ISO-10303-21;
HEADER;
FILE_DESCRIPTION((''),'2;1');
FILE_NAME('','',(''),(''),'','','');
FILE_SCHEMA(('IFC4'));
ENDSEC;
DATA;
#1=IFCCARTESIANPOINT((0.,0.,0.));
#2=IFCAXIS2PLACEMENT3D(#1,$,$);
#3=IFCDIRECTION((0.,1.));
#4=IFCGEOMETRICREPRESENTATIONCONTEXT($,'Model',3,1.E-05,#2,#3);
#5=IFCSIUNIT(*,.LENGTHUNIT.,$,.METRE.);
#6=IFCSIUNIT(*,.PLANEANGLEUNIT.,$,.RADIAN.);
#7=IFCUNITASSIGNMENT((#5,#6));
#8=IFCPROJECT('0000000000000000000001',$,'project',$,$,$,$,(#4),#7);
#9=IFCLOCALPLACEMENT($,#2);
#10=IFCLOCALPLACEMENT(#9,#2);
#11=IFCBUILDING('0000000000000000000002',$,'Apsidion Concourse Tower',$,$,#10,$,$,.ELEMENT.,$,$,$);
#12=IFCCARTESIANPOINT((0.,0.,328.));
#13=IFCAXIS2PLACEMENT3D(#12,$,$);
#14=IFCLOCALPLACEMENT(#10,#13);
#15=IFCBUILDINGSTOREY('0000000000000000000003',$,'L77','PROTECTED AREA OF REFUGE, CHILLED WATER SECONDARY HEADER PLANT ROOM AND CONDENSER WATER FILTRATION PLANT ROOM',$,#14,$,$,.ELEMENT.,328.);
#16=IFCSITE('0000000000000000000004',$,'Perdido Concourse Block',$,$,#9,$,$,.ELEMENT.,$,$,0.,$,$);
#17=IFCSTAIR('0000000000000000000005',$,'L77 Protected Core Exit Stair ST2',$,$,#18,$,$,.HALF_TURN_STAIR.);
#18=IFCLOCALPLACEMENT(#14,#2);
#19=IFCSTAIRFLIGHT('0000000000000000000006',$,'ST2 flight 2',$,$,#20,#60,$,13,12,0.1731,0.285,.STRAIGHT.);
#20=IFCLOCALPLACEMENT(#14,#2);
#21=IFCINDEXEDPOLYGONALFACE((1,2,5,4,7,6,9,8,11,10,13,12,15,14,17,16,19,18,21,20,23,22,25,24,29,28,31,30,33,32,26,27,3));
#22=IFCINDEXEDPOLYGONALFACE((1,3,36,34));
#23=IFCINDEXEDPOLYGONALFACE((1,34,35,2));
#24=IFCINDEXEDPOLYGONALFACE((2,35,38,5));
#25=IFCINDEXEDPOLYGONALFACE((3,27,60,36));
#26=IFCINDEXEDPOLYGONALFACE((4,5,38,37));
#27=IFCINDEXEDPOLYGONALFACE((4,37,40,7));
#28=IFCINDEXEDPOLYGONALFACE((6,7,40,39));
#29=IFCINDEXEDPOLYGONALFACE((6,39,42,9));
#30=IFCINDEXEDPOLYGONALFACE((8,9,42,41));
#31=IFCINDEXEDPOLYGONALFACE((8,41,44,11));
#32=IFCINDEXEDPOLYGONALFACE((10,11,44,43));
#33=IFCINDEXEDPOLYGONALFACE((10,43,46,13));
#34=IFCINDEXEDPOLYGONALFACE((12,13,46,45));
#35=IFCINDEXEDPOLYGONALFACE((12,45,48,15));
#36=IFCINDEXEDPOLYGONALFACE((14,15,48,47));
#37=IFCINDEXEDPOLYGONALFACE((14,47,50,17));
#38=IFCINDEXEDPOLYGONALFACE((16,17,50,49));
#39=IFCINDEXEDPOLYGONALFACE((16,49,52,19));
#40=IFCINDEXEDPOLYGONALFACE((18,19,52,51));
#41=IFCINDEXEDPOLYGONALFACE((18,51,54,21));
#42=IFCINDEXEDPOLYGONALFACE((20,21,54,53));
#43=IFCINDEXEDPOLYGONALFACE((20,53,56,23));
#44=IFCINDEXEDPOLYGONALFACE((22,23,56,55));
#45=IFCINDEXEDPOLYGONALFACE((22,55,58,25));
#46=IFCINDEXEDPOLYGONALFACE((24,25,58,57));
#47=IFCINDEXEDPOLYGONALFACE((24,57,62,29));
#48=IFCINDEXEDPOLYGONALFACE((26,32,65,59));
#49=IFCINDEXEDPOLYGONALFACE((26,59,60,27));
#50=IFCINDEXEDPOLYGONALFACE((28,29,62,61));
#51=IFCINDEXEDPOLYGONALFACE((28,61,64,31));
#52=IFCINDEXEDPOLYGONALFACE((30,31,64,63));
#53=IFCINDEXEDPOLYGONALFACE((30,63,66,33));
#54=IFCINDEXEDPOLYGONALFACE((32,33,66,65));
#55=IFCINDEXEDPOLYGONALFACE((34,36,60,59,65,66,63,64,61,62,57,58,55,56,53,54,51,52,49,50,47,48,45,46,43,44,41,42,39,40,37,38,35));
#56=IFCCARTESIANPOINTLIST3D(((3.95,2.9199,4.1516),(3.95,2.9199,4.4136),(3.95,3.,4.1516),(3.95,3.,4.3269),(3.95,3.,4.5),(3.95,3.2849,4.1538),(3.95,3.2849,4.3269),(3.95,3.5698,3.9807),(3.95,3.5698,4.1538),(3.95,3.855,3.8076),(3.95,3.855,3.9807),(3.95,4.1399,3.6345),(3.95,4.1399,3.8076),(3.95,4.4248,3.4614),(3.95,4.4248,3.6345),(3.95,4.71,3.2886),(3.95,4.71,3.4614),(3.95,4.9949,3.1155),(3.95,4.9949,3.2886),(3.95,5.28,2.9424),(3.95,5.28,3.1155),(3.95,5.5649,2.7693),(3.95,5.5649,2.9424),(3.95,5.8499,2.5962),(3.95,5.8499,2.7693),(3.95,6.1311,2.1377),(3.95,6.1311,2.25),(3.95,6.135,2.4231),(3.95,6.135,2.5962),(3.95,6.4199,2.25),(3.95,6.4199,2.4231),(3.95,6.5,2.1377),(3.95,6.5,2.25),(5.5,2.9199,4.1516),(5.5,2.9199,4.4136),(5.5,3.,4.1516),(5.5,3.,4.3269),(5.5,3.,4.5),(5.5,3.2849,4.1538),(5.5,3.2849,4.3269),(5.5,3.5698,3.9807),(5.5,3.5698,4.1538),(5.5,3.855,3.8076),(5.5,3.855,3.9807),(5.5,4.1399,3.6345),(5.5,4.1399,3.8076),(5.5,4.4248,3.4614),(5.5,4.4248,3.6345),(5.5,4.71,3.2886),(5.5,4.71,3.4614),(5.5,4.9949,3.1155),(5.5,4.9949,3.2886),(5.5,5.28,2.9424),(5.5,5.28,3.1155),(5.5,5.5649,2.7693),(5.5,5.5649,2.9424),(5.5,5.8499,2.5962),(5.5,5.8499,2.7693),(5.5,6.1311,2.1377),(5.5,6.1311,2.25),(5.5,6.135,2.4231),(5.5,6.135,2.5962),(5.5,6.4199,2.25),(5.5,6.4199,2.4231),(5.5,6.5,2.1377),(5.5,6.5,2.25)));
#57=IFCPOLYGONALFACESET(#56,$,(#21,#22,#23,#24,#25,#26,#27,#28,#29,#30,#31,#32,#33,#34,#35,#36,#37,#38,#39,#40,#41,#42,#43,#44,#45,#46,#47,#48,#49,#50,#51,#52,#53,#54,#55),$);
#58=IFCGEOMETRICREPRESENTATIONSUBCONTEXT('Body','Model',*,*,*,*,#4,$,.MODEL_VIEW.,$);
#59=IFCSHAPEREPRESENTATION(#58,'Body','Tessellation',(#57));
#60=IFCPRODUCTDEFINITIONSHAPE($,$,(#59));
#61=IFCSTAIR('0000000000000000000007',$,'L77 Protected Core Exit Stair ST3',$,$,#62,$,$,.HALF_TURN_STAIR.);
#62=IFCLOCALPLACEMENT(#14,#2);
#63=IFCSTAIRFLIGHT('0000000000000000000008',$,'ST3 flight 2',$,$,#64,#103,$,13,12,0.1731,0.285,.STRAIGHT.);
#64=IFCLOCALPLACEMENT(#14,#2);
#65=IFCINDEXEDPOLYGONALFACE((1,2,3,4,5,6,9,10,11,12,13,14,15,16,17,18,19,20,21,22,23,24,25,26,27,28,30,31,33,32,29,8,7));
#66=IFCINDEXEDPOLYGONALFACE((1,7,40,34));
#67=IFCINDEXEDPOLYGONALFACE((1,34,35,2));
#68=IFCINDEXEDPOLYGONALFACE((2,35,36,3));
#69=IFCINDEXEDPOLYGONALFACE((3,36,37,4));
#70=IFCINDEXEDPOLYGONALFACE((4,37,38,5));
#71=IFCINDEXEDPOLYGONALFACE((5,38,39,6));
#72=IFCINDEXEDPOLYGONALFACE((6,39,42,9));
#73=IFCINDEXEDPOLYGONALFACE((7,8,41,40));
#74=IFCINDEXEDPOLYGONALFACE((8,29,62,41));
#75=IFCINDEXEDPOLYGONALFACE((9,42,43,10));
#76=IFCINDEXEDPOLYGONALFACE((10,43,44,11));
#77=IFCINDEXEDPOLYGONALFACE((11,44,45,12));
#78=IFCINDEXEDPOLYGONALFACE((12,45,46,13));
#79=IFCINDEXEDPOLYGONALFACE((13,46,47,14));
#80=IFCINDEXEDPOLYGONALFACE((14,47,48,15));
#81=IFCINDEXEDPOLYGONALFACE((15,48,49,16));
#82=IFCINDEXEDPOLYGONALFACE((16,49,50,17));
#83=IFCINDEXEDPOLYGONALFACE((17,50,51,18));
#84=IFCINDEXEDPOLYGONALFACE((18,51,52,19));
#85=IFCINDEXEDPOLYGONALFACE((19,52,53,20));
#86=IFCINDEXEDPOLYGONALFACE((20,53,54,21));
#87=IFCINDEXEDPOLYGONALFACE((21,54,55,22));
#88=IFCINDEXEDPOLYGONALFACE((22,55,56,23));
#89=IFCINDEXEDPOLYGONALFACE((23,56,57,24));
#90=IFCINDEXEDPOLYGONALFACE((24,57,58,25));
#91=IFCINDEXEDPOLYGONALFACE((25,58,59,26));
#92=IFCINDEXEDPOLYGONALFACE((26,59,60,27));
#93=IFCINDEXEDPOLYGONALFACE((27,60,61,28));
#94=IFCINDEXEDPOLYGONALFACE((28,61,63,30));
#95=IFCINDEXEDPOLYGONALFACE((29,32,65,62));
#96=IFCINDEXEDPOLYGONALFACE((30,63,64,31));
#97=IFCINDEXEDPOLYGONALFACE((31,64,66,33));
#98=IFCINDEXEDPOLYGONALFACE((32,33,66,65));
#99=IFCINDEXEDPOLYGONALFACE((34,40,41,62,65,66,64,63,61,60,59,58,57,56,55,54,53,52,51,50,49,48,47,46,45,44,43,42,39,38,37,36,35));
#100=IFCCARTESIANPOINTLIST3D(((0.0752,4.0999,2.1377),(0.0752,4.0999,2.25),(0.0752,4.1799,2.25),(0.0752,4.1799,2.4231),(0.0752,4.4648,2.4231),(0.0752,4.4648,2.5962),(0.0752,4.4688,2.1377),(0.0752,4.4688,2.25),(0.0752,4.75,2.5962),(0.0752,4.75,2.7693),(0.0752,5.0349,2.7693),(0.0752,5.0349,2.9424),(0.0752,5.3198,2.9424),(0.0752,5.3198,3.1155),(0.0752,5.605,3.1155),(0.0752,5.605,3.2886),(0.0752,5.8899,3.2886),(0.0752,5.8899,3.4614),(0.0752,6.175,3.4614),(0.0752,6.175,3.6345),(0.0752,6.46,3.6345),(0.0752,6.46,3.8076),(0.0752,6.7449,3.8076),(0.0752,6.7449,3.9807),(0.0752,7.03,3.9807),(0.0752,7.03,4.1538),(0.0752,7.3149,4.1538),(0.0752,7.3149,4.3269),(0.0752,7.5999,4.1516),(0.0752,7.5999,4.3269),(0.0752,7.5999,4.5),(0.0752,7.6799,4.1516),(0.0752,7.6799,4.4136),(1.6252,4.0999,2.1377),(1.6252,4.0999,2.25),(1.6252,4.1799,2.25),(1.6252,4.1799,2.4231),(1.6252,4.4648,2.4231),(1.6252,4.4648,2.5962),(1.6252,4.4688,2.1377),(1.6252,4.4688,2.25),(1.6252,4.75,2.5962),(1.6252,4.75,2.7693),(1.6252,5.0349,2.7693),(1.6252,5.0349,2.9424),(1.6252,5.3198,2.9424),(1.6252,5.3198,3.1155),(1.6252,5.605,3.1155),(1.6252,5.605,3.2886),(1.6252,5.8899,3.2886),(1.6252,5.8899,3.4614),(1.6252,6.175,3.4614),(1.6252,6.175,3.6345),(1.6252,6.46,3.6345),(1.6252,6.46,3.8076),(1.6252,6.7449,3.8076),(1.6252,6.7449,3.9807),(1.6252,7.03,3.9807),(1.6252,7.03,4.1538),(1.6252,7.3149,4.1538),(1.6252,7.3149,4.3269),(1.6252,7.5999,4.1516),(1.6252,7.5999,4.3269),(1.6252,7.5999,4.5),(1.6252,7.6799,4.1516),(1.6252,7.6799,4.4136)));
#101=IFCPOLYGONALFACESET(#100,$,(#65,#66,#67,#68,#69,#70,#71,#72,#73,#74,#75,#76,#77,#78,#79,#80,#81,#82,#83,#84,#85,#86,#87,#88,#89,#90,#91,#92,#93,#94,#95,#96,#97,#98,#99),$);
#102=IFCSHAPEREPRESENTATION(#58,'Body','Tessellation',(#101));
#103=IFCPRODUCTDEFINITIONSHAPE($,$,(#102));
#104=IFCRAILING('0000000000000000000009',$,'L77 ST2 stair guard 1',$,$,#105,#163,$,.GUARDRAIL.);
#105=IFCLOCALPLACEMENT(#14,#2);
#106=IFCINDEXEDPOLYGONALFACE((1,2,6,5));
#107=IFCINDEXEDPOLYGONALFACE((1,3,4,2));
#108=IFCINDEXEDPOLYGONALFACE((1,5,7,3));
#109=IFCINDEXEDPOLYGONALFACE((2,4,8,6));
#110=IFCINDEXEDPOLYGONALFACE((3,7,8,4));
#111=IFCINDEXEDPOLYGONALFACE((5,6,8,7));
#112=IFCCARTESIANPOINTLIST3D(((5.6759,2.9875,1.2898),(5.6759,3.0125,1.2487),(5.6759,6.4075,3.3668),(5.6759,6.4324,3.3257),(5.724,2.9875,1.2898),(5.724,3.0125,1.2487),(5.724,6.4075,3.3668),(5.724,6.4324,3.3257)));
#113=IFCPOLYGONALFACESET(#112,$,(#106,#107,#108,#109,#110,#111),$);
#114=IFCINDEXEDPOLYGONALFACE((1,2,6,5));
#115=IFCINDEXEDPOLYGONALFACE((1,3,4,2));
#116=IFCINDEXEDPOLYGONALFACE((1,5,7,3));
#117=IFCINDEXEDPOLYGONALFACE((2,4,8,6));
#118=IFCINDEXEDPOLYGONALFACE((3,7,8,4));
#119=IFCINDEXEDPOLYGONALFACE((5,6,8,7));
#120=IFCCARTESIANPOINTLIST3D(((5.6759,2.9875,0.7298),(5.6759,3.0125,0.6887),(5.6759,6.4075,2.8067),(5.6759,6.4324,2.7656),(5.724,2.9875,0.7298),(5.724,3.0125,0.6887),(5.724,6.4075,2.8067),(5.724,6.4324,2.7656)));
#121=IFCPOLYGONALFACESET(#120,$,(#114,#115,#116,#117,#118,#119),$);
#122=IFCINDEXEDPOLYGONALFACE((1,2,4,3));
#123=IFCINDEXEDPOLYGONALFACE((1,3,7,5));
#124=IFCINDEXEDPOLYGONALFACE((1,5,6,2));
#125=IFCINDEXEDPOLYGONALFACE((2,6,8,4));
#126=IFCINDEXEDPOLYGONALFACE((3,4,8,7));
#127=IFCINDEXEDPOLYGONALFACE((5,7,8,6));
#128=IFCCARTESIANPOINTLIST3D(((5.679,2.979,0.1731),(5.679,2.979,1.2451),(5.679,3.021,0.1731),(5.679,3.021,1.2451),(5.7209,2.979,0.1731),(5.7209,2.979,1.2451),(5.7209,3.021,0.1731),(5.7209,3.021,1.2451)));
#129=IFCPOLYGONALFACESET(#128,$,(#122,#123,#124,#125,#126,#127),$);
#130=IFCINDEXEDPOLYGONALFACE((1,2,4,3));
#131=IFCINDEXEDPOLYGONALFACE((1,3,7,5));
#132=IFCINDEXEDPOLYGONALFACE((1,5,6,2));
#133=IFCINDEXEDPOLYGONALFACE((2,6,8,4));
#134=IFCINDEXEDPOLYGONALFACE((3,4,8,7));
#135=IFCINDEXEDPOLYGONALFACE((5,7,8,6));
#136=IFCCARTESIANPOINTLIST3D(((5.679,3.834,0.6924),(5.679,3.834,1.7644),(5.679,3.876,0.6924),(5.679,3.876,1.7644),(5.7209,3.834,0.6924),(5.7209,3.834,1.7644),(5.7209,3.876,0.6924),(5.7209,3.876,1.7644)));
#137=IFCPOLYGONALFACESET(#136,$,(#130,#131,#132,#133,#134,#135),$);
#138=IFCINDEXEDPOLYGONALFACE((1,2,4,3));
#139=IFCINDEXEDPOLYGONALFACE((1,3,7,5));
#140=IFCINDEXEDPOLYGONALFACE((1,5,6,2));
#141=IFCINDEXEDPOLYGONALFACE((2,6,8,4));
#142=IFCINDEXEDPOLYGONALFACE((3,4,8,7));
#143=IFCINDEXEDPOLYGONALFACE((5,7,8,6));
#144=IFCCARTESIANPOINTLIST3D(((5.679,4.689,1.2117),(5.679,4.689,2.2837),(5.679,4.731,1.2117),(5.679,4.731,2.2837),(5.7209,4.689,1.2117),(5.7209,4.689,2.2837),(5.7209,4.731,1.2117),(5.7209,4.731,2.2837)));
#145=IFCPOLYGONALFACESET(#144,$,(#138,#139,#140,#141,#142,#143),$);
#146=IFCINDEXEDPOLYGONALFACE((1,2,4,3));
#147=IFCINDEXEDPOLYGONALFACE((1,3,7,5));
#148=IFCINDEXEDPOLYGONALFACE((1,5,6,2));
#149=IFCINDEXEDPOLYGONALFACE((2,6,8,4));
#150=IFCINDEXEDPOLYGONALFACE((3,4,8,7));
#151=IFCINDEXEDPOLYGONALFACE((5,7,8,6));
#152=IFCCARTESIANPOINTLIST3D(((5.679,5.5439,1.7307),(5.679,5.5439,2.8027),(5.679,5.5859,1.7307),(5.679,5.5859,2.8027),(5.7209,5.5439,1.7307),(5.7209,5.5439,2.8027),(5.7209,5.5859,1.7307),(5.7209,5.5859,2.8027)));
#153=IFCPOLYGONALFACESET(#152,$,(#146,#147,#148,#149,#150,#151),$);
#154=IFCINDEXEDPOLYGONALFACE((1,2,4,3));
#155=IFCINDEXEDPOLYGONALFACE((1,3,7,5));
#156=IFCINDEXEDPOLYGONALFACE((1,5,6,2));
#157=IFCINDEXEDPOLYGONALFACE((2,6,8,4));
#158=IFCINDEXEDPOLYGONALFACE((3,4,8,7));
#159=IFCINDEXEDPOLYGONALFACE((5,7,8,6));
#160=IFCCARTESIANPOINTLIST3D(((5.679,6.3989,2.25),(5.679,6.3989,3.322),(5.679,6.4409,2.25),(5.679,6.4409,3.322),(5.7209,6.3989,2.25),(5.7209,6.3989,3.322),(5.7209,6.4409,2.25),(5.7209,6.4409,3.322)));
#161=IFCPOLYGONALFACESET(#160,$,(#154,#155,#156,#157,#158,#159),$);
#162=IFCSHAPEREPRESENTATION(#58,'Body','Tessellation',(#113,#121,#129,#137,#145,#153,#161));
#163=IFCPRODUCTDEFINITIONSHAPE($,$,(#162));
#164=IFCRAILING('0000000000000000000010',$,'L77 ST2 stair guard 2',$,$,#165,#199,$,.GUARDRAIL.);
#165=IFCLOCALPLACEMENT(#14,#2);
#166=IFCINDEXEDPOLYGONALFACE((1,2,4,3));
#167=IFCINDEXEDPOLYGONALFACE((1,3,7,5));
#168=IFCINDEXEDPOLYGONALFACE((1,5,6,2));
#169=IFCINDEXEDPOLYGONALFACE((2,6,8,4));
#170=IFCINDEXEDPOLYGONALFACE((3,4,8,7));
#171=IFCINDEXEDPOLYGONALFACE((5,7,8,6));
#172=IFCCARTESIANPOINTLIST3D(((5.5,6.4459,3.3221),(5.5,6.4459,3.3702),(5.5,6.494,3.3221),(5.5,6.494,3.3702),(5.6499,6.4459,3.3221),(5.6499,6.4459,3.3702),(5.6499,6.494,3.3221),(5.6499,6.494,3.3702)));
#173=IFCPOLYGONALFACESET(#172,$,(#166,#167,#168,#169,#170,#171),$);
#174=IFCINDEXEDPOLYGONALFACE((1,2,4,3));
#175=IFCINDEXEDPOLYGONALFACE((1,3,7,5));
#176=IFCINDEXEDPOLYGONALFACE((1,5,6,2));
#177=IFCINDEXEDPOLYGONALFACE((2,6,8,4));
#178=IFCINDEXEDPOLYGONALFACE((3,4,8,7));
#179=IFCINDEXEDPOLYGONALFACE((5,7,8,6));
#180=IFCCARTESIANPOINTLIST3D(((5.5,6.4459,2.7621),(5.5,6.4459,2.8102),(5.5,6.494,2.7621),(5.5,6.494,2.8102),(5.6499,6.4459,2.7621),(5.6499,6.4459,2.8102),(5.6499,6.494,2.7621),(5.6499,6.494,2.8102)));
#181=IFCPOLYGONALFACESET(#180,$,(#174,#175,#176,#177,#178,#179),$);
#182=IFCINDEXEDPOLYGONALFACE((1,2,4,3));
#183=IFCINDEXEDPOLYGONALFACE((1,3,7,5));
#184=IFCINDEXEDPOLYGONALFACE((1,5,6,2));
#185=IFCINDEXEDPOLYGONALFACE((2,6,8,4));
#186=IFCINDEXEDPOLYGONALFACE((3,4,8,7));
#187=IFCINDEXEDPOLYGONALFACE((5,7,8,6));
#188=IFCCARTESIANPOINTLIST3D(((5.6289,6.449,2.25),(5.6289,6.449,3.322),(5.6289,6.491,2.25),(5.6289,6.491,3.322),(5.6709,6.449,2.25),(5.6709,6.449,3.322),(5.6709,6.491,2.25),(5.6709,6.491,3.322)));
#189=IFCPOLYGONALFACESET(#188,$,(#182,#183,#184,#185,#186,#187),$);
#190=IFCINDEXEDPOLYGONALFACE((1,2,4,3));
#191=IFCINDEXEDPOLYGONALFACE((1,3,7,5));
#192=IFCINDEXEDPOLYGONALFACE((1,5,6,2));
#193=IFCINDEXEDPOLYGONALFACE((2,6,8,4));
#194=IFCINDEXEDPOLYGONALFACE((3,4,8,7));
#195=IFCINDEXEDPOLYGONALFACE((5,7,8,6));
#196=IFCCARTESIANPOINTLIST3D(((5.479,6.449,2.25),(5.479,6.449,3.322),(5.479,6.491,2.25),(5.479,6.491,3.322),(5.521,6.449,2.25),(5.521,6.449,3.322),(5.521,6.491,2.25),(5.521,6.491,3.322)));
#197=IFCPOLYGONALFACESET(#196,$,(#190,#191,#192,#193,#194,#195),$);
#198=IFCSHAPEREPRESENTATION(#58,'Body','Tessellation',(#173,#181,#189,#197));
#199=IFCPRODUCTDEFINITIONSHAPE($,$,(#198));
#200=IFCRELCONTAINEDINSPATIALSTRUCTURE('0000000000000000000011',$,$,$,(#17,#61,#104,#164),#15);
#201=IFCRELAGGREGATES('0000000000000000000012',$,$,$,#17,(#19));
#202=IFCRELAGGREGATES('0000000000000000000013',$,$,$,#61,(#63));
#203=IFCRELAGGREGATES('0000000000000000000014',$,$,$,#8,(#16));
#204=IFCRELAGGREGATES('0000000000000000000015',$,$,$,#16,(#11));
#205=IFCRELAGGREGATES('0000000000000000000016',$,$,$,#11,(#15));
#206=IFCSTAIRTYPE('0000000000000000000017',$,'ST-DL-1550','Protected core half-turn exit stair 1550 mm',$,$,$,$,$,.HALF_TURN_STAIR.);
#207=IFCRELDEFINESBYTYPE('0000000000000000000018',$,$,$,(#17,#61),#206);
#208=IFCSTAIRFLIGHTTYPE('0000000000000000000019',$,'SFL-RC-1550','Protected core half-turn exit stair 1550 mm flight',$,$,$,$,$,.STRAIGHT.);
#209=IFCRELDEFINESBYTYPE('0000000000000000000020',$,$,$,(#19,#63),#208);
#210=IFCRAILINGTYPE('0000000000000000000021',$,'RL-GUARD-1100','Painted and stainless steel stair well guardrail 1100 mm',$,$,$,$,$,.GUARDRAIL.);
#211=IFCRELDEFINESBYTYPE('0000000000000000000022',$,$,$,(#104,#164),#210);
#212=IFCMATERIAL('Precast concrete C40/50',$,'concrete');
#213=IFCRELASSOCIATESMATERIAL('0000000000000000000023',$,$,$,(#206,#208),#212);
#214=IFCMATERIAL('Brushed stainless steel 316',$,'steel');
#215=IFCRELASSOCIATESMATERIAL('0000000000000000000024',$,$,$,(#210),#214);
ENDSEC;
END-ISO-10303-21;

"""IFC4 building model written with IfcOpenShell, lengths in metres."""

from ifc_helpers import new_model, si_unit, direction, frame, origin, origin_2d, place, context, subcontext, project, spatial, polyline, rectangle, outline, extrude, material, type_object, element, aggregate, save


model = new_model("IFC4")

# Units and contexts
model_context = context("Model", 3, precision=1e-05, world=origin(), true_north=direction((0.0, 1.0)))
body_context = subcontext(model_context, "Body", "Model", "MODEL_VIEW")
ifc_project = project(units=[si_unit("LENGTHUNIT", "METRE"), si_unit("PLANEANGLEUNIT", "RADIAN")], contexts=[model_context])

# Site, building, storey
site_placement = place(None, origin())
site = spatial("IfcSite", under=ifc_project, at=site_placement, Name="Perdido Concourse Block", CompositionType="ELEMENT", RefElevation=0.0)
building_placement = place(site_placement, origin())
building = spatial("IfcBuilding", under=site, at=building_placement, Name="Apsidion Concourse Tower", CompositionType="ELEMENT")
storey_placement = place(building_placement, frame((0.0, 0.0, 328.0)))
storey = spatial("IfcBuildingStorey", under=building, at=storey_placement, Name="L77", Description="PROTECTED AREA OF REFUGE, CHILLED WATER SECONDARY HEADER PLANT ROOM AND CONDENSER WATER FILTRATION PLANT ROOM", CompositionType="ELEMENT", Elevation=328.0)

# Stair, stair flight
ifc_material_1 = material(Name="Precast concrete C40/50", Category="concrete")
stair_type = type_object("IfcStairType", Name="ST-DL-1550", Description="Protected core half-turn exit stair 1550 mm", PredefinedType="HALF_TURN_STAIR", material=ifc_material_1)
stair_1_placement = place(storey_placement, origin())
stair_1 = element("IfcStair", 1, at=stair_1_placement, inside=storey, type_object=stair_type, Name="L77 Protected Core Exit Stair ST2", PredefinedType="HALF_TURN_STAIR")
stair_flight_type = type_object("IfcStairFlightType", Name="SFL-RC-1550", Description="Protected core half-turn exit stair 1550 mm flight", PredefinedType="STRAIGHT", material=ifc_material_1)
stair_flight_1_placement = place(storey_placement, frame((4.7251, 6.4199, 2.25), z_axis=(0.0, 0.0, 1.0), x_axis=(0.0, -1.0, 0.0)))
stair_flight_1 = element("IfcStairFlight", 2, at=stair_flight_1_placement, type_object=stair_flight_type, Name="ST2 flight 2", NumberOfRisers=13, NumberOfTreads=12, PredefinedType="STRAIGHT", RiserHeight=0.1731, TreadLength=0.285, context=body_context, shape_type="SweptSolid", body=[
    extrude(outline(polyline([(-0.0801, -0.1123), (-0.0801, 0.0), (0.0, 0.0), (0.0, 0.1731), (0.2849, 0.1731), (0.2849, 0.3462), (0.5701, 0.3462), (0.5701, 0.5193), (0.855, 0.5193), (0.855, 0.6924), (1.1399, 0.6924), (1.1399, 0.8655), (1.425, 0.8655), (1.425, 1.0386), (1.71, 1.0386), (1.71, 1.2114), (1.9951, 1.2114), (1.9951, 1.3845), (2.28, 1.3845), (2.28, 1.5576), (2.5649, 1.5576), (2.5649, 1.7307), (2.8501, 1.7307), (2.8501, 1.9038), (3.135, 1.9038), (3.135, 2.0769), (3.4199, 2.0769), (3.4199, 2.25), (3.5, 2.1636), (3.5, 1.9016), (3.4199, 1.9016), (0.2888, 0.0), (0.2888, -0.1123), (-0.0801, -0.1123)])), frame((0.0, 0.7749, 0.0), z_axis=(0.0, -1.0, 0.0), x_axis=(1.0, 0.0, 0.0)), (0.0, 0.0, 1.0), 1.55),
])
aggregate(stair_1, [stair_flight_1])

# Stair, stair flight
stair_2_placement = place(storey_placement, origin())
stair_2 = element("IfcStair", 3, at=stair_2_placement, inside=storey, type_object=stair_type, Name="L77 Protected Core Exit Stair ST3", PredefinedType="HALF_TURN_STAIR")
stair_flight_2_placement = place(storey_placement, frame((0.8501, 4.1799, 2.25), z_axis=(0.0, 0.0, 1.0), x_axis=(0.0, 1.0, 0.0)))
stair_flight_2 = element("IfcStairFlight", 4, at=stair_flight_2_placement, type_object=stair_flight_type, Name="ST3 flight 2", NumberOfRisers=13, NumberOfTreads=12, PredefinedType="STRAIGHT", RiserHeight=0.1731, TreadLength=0.285, context=body_context, shape_type="SweptSolid", body=[
    extrude(outline(polyline([(-0.0801, -0.1123), (-0.0801, 0.0), (0.0, 0.0), (0.0, 0.1731), (0.2849, 0.1731), (0.2849, 0.3462), (0.5701, 0.3462), (0.5701, 0.5193), (0.855, 0.5193), (0.855, 0.6924), (1.1399, 0.6924), (1.1399, 0.8655), (1.425, 0.8655), (1.425, 1.0386), (1.71, 1.0386), (1.71, 1.2114), (1.9951, 1.2114), (1.9951, 1.3845), (2.28, 1.3845), (2.28, 1.5576), (2.5649, 1.5576), (2.5649, 1.7307), (2.8501, 1.7307), (2.8501, 1.9038), (3.135, 1.9038), (3.135, 2.0769), (3.4199, 2.0769), (3.4199, 2.25), (3.5, 2.1636), (3.5, 1.9016), (3.4199, 1.9016), (0.2888, 0.0), (0.2888, -0.1123), (-0.0801, -0.1123)])), frame((0.0, 0.7749, 0.0), z_axis=(0.0, -1.0, 0.0), x_axis=(1.0, 0.0, 0.0)), (0.0, 0.0, 1.0), 1.55),
])
aggregate(stair_2, [stair_flight_2])

# Railings
ifc_material_2 = material(Name="Brushed stainless steel 316", Category="steel")
railing_type_1 = type_object("IfcRailingType", Name="RL-GUARD-1100", Description="Painted and stainless steel stair well guardrail 1100 mm", PredefinedType="GUARDRAIL", material=ifc_material_2)
railing_1_placement = place(storey_placement, frame((5.7, 3.0, 0.1731)))
element("IfcRailing", 5, at=railing_1_placement, inside=storey, type_object=railing_type_1, Name="L77 ST2 stair guard 1", PredefinedType="GUARDRAIL", context=body_context, shape_type="SweptSolid", body=[
    extrude(rectangle(XDim=0.0481, YDim=0.0481, at=origin_2d()), frame((0.0, 0.0, 1.0962), z_axis=(0.0, 0.85473, 0.519074), x_axis=(-1.0, 0.0, 0.0)), (0.0, 0.0, 1.0), 4.0012),
    extrude(rectangle(XDim=0.0481, YDim=0.0481, at=origin_2d()), frame((0.0, 0.0, 0.5361), z_axis=(0.0, 0.85473, 0.519074), x_axis=(-1.0, 0.0, 0.0)), (0.0, 0.0, 1.0), 4.0012),
    extrude(rectangle(XDim=0.042, YDim=0.042, at=origin_2d()), origin(), (0.0, 0.0, 1.0), 1.072),
    extrude(rectangle(XDim=0.042, YDim=0.042, at=origin_2d()), frame((0.0, 0.855, 0.5193)), (0.0, 0.0, 1.0), 1.072),
    extrude(rectangle(XDim=0.042, YDim=0.042, at=origin_2d()), frame((0.0, 1.71, 1.0386)), (0.0, 0.0, 1.0), 1.072),
    extrude(rectangle(XDim=0.042, YDim=0.042, at=origin_2d()), frame((0.0, 2.5649, 1.5576)), (0.0, 0.0, 1.0), 1.072),
    extrude(rectangle(XDim=0.042, YDim=0.042, at=origin_2d()), frame((0.0, 3.4199, 2.0769)), (0.0, 0.0, 1.0), 1.072),
])
railing_2_placement = place(storey_placement, frame((5.6499, 6.47, 2.25)))
element("IfcRailing", 6, at=railing_2_placement, inside=storey, type_object=railing_type_1, Name="L77 ST2 stair guard 2", PredefinedType="GUARDRAIL", context=body_context, shape_type="SweptSolid", body=[
    extrude(rectangle(XDim=0.0481, YDim=0.0481, at=origin_2d()), frame((0.0, 0.0, 1.0962), z_axis=(-1.0, 0.0, 0.0), x_axis=(0.0, -1.0, 0.0)), (0.0, 0.0, 1.0), 0.1499),
    extrude(rectangle(XDim=0.0481, YDim=0.0481, at=origin_2d()), frame((0.0, 0.0, 0.5361), z_axis=(-1.0, 0.0, 0.0), x_axis=(0.0, -1.0, 0.0)), (0.0, 0.0, 1.0), 0.1499),
    extrude(rectangle(XDim=0.042, YDim=0.042, at=origin_2d()), origin(), (0.0, 0.0, 1.0), 1.072),
    extrude(rectangle(XDim=0.042, YDim=0.042, at=origin_2d()), frame((-0.1499, 0.0, 0.0)), (0.0, 0.0, 1.0), 1.072),
])

save(model, "model.ifc")
